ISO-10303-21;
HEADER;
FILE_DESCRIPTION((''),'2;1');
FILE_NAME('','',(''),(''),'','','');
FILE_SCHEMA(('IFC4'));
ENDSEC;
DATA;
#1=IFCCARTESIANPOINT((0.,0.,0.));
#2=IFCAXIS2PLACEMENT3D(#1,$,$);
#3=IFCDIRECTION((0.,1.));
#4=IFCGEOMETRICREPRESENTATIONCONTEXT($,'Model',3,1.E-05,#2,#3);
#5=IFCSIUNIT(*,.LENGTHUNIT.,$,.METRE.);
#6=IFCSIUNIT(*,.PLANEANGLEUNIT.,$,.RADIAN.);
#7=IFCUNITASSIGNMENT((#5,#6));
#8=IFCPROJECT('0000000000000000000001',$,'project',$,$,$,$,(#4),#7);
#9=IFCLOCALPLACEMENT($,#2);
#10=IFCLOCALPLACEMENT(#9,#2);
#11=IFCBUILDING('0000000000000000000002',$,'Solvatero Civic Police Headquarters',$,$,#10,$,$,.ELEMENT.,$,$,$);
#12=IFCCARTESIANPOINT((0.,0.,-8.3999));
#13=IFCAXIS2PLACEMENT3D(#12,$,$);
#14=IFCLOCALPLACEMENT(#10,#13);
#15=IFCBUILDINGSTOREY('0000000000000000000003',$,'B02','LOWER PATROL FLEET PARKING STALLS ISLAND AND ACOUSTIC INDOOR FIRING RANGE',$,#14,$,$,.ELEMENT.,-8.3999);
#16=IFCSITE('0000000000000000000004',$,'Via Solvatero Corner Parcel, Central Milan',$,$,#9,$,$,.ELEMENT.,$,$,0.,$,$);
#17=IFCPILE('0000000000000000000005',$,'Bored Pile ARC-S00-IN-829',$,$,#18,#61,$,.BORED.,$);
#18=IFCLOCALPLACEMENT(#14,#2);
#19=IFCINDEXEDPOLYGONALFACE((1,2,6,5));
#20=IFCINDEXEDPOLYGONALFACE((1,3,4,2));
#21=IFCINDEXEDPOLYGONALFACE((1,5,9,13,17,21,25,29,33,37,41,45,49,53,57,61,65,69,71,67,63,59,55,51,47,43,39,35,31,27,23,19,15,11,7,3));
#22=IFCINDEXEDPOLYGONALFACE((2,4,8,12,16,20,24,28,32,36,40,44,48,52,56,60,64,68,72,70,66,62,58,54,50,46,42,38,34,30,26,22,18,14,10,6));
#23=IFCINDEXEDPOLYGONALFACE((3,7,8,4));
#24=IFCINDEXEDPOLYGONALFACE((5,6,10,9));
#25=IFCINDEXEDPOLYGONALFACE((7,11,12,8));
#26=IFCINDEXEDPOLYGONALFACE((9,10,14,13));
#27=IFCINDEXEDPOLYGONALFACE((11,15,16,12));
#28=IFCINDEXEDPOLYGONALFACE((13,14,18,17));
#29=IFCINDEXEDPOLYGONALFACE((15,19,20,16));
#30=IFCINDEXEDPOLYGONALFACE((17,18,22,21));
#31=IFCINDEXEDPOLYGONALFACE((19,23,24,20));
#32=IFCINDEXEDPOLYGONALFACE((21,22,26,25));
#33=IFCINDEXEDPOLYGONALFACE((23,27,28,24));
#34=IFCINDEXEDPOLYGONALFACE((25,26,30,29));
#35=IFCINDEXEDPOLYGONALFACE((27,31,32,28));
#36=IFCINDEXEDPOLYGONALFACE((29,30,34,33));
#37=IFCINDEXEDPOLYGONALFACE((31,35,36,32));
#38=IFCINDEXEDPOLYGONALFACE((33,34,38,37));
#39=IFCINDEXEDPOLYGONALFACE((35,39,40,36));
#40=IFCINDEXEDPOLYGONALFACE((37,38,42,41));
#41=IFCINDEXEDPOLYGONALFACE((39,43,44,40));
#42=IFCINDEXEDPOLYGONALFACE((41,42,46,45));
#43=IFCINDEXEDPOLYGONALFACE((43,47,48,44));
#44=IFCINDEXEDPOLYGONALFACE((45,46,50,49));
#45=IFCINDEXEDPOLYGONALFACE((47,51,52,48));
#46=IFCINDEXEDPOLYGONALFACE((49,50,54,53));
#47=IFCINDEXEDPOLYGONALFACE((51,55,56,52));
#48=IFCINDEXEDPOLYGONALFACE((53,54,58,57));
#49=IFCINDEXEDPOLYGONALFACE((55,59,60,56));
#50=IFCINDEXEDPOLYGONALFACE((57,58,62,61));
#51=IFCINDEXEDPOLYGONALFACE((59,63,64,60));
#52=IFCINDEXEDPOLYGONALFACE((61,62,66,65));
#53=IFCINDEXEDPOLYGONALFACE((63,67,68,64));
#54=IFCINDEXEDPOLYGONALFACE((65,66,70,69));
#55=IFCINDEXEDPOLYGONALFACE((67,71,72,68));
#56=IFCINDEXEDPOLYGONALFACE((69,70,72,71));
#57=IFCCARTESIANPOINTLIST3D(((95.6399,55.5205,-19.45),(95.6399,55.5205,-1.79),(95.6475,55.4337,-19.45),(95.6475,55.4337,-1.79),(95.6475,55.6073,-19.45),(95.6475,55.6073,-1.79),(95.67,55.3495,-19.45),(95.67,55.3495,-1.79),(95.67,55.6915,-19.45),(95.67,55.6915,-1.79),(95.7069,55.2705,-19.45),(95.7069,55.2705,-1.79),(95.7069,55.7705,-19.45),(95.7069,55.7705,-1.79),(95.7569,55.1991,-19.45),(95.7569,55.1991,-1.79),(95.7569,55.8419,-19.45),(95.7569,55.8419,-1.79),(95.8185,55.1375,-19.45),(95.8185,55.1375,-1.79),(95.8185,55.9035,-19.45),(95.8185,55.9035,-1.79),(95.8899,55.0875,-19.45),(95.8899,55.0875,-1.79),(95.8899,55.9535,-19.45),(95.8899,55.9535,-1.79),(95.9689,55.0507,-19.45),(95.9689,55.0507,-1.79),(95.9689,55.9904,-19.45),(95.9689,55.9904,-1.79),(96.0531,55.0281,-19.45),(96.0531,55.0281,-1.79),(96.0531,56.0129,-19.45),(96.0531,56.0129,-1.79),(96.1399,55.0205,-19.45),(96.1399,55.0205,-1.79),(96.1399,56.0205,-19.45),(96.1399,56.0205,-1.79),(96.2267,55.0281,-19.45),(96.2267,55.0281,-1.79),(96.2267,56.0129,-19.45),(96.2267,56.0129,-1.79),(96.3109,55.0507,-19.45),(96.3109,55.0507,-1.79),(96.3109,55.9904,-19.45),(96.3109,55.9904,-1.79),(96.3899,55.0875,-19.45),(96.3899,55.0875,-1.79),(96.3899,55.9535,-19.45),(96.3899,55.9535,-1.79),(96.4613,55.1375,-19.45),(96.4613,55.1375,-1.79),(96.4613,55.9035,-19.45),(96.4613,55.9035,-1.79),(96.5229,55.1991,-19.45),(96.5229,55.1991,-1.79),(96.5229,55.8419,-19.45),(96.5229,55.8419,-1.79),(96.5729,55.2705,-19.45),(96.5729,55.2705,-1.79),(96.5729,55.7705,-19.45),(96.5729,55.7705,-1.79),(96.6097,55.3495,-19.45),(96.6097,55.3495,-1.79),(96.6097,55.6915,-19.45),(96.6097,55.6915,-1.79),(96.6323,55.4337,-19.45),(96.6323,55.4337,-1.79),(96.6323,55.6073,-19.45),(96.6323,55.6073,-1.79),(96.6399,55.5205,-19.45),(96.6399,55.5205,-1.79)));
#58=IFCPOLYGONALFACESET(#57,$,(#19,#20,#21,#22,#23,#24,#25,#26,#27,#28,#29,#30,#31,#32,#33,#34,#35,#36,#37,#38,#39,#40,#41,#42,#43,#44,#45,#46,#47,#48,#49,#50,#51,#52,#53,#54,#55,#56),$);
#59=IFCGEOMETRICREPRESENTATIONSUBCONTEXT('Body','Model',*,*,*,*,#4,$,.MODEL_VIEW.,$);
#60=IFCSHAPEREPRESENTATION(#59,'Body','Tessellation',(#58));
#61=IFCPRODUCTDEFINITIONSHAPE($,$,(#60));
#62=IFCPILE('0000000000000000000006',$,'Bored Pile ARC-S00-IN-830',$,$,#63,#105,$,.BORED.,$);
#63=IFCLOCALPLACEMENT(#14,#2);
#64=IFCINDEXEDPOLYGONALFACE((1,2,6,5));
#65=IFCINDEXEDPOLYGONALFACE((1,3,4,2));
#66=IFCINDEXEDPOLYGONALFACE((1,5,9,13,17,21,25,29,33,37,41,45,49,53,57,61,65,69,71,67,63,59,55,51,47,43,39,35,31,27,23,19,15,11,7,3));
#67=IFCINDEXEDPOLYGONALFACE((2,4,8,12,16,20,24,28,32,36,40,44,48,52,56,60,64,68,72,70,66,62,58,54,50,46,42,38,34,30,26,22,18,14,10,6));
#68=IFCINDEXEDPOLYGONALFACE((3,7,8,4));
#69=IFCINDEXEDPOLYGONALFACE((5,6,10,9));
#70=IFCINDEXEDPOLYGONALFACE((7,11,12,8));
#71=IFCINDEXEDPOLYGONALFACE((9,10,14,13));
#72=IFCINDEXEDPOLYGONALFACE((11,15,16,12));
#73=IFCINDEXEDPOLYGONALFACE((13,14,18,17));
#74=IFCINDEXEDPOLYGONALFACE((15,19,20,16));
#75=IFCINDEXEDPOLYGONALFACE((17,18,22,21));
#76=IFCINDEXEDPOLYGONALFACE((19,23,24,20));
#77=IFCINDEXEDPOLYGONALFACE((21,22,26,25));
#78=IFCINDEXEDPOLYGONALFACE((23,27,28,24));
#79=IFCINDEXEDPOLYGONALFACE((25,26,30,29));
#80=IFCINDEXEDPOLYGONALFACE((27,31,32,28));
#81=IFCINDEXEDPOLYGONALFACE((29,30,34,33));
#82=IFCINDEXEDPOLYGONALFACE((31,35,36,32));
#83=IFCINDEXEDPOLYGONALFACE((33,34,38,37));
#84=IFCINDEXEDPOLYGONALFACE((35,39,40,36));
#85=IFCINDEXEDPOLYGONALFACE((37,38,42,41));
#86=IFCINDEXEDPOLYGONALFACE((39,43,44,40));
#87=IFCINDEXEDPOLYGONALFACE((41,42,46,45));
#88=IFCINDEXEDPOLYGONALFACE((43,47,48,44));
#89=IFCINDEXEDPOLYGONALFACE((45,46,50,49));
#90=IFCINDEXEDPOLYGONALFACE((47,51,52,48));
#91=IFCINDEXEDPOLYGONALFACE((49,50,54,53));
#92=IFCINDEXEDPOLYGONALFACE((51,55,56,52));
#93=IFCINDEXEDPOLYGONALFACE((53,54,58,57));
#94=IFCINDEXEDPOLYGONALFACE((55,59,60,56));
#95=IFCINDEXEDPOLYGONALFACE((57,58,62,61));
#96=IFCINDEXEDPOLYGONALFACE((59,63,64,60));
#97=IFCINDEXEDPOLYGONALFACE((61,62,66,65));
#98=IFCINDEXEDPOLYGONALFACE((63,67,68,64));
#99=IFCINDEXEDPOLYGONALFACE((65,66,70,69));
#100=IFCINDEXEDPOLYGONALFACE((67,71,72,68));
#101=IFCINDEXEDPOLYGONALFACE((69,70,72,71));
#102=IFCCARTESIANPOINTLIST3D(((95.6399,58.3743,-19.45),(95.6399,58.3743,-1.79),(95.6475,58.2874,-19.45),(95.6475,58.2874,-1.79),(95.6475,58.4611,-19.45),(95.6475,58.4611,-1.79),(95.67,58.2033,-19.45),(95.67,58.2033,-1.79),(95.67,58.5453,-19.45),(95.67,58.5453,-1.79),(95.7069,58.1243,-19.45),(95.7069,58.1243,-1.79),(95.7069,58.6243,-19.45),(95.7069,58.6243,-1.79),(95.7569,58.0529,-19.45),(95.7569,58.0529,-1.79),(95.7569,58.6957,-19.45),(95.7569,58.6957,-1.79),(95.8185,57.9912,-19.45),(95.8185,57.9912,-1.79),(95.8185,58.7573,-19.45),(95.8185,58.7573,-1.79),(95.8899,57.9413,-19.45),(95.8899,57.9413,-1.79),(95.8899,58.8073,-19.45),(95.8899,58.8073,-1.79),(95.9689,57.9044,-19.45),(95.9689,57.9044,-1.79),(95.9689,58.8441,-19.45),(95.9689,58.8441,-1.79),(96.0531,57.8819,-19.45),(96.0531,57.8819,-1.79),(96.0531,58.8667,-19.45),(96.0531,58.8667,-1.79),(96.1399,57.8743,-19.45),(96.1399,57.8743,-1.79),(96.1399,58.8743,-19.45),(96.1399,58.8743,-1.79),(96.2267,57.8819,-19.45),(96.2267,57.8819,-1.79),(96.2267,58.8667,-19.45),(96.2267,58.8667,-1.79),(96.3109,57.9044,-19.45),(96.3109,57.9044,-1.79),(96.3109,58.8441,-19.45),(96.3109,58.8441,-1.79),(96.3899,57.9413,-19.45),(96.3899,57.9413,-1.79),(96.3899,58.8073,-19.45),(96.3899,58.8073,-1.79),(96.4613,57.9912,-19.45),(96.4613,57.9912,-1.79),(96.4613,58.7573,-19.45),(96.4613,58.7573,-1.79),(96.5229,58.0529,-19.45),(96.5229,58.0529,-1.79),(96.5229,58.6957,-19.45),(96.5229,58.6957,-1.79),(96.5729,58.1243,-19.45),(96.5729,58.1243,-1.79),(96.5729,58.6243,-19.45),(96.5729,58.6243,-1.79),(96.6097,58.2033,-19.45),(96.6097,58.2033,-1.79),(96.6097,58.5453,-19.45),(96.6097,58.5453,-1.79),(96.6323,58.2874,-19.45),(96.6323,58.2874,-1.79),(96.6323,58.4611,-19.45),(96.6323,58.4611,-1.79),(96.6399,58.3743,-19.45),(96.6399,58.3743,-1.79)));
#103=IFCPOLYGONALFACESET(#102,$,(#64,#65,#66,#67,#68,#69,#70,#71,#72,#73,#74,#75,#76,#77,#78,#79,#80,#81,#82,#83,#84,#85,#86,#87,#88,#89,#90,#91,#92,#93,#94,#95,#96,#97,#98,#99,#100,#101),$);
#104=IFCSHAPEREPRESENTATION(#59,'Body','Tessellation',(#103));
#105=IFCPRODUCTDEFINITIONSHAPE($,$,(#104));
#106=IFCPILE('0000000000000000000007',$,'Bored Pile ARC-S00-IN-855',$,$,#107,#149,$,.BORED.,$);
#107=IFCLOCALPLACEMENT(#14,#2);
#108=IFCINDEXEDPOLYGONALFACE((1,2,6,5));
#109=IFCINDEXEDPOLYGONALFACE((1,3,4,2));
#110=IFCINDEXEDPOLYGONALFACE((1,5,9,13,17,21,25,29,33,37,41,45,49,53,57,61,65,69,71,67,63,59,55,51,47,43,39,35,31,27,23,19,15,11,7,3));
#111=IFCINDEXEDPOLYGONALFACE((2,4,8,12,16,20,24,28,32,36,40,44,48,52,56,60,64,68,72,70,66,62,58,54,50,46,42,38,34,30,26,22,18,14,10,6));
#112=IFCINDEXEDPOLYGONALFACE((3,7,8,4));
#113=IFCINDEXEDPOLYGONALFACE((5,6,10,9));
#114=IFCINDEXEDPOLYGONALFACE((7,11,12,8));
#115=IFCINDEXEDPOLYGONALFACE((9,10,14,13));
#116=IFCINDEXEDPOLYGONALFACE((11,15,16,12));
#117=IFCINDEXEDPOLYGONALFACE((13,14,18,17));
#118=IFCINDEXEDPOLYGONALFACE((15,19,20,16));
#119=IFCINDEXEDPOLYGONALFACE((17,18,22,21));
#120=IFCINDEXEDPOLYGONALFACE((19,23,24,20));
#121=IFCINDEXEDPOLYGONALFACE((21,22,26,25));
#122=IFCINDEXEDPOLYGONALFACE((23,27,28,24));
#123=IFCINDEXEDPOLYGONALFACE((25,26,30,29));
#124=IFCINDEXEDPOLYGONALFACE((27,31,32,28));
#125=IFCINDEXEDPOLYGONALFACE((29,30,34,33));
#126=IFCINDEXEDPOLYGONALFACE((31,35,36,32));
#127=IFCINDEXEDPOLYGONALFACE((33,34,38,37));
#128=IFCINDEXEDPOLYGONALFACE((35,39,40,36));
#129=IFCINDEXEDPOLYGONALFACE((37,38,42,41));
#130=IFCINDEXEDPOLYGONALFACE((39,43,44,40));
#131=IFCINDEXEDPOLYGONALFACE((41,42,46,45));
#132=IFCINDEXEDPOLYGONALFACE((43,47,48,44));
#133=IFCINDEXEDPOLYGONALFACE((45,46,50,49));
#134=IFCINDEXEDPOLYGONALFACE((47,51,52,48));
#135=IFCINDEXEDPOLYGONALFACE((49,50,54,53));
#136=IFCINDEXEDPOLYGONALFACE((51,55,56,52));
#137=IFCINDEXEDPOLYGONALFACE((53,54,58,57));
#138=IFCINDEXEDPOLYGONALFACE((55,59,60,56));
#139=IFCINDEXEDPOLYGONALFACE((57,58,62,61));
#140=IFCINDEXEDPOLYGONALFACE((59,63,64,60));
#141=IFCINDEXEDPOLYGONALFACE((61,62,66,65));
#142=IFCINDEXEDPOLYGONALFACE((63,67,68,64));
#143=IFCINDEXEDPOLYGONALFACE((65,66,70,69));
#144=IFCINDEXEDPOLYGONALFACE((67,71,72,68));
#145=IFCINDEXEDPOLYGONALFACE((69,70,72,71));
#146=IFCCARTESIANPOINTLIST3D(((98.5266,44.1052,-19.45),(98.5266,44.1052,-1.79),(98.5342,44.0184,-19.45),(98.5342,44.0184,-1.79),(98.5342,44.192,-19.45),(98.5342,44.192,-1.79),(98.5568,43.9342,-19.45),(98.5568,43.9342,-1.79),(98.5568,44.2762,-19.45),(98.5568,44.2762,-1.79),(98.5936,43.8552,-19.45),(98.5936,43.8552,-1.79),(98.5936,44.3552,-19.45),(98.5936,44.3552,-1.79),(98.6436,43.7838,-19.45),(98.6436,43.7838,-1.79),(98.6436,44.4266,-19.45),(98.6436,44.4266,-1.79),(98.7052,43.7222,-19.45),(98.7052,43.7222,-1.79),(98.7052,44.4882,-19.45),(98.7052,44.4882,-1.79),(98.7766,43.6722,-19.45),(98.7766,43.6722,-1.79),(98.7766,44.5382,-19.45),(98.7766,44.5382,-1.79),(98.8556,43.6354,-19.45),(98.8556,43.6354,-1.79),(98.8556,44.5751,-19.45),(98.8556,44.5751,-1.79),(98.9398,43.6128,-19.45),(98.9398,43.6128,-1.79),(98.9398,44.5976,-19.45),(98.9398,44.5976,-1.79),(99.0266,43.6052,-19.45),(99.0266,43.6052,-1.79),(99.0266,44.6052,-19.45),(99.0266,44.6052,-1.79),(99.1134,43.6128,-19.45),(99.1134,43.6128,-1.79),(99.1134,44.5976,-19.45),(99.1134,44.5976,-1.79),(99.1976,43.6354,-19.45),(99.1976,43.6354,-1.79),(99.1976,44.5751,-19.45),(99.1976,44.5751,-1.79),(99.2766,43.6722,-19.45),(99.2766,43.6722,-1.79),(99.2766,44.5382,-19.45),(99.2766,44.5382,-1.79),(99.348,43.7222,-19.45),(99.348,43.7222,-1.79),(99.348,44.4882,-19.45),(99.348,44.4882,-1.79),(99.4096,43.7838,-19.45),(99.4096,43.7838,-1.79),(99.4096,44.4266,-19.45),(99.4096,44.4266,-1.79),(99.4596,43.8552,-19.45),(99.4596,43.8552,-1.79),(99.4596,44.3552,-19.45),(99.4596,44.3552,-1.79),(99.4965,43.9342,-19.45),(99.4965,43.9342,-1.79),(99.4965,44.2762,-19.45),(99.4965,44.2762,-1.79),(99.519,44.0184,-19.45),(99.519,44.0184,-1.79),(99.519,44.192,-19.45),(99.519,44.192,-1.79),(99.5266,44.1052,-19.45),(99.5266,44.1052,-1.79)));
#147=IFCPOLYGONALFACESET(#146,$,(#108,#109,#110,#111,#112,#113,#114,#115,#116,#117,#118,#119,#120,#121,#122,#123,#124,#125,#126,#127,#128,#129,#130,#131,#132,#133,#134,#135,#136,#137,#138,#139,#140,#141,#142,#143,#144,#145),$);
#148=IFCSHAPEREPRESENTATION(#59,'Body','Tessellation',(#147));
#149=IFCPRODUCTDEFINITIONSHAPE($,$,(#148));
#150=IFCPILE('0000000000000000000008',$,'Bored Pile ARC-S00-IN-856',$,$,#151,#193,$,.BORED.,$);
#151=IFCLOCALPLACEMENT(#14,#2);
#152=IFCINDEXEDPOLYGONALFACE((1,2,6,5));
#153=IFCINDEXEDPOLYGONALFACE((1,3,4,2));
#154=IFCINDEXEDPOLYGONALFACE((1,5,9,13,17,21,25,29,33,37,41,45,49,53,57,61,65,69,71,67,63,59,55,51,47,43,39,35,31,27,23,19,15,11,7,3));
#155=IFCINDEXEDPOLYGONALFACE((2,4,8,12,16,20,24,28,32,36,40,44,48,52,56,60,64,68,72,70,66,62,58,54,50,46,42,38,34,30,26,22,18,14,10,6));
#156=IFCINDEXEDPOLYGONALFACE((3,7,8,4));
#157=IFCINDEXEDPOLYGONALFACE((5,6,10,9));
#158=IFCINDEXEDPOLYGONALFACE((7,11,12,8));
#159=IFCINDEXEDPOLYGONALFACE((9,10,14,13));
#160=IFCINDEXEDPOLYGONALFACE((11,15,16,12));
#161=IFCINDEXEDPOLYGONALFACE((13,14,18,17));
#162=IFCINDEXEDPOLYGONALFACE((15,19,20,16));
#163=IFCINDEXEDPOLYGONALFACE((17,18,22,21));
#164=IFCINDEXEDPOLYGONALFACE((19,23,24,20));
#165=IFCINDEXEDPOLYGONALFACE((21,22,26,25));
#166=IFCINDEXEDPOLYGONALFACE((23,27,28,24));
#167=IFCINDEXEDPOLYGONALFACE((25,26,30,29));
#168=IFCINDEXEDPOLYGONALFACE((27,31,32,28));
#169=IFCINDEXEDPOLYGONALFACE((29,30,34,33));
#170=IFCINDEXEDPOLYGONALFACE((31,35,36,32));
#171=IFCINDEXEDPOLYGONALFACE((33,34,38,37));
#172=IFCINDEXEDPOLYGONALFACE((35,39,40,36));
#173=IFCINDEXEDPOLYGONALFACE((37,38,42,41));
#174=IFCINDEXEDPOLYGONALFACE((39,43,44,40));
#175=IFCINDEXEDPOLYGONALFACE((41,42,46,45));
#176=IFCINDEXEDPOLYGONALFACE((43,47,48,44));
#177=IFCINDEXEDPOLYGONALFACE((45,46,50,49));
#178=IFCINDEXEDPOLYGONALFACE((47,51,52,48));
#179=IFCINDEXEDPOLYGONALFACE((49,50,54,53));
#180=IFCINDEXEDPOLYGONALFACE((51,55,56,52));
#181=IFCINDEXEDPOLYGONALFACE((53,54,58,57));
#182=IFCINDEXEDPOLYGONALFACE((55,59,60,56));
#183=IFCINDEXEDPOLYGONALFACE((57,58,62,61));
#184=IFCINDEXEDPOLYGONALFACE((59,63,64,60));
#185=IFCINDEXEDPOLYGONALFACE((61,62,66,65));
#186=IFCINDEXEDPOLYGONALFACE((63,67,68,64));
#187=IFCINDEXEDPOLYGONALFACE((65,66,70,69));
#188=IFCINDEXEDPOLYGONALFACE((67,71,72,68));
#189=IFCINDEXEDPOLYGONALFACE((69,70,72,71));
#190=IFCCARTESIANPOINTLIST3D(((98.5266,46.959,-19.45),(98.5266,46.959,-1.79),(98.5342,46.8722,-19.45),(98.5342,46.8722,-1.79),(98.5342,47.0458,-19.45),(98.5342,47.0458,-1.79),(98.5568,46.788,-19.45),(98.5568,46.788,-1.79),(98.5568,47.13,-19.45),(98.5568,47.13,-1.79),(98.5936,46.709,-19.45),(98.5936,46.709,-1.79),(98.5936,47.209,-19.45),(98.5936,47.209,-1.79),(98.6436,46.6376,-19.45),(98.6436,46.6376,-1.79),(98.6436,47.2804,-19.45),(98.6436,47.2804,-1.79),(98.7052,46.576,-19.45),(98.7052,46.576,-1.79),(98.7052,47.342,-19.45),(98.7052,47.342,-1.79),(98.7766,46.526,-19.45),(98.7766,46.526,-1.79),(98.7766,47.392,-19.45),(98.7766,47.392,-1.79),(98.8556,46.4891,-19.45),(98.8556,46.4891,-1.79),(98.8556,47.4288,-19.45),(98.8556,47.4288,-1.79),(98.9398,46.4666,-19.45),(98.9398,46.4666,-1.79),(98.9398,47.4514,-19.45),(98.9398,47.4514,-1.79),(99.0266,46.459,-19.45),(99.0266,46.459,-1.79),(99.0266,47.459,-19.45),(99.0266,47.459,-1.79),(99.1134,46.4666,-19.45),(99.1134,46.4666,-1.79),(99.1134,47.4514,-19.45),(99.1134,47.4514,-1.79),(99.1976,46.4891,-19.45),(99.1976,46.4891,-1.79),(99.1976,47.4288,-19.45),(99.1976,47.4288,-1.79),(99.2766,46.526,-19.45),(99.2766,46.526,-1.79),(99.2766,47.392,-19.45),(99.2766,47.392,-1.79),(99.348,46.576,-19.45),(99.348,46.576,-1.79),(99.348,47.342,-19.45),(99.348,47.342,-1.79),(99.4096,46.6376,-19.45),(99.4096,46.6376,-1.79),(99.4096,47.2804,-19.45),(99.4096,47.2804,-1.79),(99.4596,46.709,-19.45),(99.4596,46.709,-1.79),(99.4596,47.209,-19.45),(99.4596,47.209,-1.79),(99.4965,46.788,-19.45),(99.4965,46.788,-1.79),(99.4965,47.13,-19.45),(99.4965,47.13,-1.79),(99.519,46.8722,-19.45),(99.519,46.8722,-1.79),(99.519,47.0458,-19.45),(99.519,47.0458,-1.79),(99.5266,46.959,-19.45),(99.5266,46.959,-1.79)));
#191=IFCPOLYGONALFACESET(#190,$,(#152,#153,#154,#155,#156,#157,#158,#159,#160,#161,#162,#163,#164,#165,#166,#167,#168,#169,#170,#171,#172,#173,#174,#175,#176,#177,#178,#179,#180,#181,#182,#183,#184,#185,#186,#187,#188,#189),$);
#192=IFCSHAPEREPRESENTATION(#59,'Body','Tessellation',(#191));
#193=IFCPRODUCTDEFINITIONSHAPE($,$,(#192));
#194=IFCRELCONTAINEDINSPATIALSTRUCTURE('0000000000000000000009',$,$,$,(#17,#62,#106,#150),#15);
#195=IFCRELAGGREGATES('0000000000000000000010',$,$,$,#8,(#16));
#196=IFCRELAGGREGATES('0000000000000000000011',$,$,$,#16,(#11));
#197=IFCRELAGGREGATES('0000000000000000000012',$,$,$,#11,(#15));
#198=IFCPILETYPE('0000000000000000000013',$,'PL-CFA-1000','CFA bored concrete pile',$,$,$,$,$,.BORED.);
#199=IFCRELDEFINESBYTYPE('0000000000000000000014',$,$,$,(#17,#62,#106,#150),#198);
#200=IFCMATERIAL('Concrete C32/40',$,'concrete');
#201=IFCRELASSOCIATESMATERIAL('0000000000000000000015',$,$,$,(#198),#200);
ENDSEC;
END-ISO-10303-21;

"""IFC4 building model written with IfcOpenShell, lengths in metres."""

from ifc_helpers import new_model, si_unit, direction, frame, origin, origin_2d, place, context, subcontext, project, spatial, circle, extrude, material, material_profile, profile_set, type_object, element, save


model = new_model("IFC4")

# Units and contexts
model_context = context("Model", 3, precision=1e-05, world=origin(), true_north=direction((0.0, 1.0)))
body_context = subcontext(model_context, "Body", "Model", "MODEL_VIEW")
ifc_project = project(units=[si_unit("LENGTHUNIT", "METRE"), si_unit("PLANEANGLEUNIT", "RADIAN")], contexts=[model_context])

# Site, building, storey
site_placement = place(None, origin())
site = spatial("IfcSite", under=ifc_project, at=site_placement, Name="Via Solvatero Corner Parcel, Central Milan", CompositionType="ELEMENT", RefElevation=0.0)
building_placement = place(site_placement, origin())
building = spatial("IfcBuilding", under=site, at=building_placement, Name="Solvatero Civic Police Headquarters", CompositionType="ELEMENT")
storey_placement = place(building_placement, frame((0.0, 0.0, -8.3999)))
storey = spatial("IfcBuildingStorey", under=building, at=storey_placement, Name="B02", Description="LOWER PATROL FLEET PARKING STALLS ISLAND AND ACOUSTIC INDOOR FIRING RANGE", CompositionType="ELEMENT", Elevation=-8.3999)

# Piles
ifc_material_1 = material(Name="Concrete C32/40", Category="concrete")
ifc_material_profile_1 = material_profile(ifc_material_1, circle(Radius=0.5, at=origin_2d()), Name="CFA PILE D1000")
ifc_profile_set_1 = profile_set([ifc_material_profile_1], Name="Concrete C32/40")
pile_type = type_object("IfcPileType", Name="PL-CFA-1000", Description="CFA bored concrete pile", PredefinedType="BORED", material=ifc_profile_set_1)
for number, where, z_axis, x_axis, name in (
    (1, (96.1399, 55.5205, -1.79), (0.0, 0.0, -1.0), (1.0, 0.0, 0.0), "Bored Pile ARC-S00-IN-829"),
    (2, (96.1399, 58.3743, -1.79), (0.0, 0.0, -1.0), (1.0, 0.0, 0.0), "Bored Pile ARC-S00-IN-830"),
    (3, (99.0266, 44.1052, -1.79), (0.0, 0.0, -1.0), (1.0, 0.0, 0.0), "Bored Pile ARC-S00-IN-855"),
    (4, (99.0266, 46.959, -1.79), (0.0, 0.0, -1.0), (1.0, 0.0, 0.0), "Bored Pile ARC-S00-IN-856"),
):
    element("IfcPile", number, at=place(storey_placement, frame(where, z_axis=z_axis, x_axis=x_axis)), inside=storey, type_object=pile_type, Name=name, PredefinedType="BORED", context=body_context, shape_type="SweptSolid", body=[
        extrude(circle(Radius=0.5, at=origin_2d()), origin(), (0.0, 0.0, 1.0), 17.6599),
    ])

save(model, "model.ifc")
